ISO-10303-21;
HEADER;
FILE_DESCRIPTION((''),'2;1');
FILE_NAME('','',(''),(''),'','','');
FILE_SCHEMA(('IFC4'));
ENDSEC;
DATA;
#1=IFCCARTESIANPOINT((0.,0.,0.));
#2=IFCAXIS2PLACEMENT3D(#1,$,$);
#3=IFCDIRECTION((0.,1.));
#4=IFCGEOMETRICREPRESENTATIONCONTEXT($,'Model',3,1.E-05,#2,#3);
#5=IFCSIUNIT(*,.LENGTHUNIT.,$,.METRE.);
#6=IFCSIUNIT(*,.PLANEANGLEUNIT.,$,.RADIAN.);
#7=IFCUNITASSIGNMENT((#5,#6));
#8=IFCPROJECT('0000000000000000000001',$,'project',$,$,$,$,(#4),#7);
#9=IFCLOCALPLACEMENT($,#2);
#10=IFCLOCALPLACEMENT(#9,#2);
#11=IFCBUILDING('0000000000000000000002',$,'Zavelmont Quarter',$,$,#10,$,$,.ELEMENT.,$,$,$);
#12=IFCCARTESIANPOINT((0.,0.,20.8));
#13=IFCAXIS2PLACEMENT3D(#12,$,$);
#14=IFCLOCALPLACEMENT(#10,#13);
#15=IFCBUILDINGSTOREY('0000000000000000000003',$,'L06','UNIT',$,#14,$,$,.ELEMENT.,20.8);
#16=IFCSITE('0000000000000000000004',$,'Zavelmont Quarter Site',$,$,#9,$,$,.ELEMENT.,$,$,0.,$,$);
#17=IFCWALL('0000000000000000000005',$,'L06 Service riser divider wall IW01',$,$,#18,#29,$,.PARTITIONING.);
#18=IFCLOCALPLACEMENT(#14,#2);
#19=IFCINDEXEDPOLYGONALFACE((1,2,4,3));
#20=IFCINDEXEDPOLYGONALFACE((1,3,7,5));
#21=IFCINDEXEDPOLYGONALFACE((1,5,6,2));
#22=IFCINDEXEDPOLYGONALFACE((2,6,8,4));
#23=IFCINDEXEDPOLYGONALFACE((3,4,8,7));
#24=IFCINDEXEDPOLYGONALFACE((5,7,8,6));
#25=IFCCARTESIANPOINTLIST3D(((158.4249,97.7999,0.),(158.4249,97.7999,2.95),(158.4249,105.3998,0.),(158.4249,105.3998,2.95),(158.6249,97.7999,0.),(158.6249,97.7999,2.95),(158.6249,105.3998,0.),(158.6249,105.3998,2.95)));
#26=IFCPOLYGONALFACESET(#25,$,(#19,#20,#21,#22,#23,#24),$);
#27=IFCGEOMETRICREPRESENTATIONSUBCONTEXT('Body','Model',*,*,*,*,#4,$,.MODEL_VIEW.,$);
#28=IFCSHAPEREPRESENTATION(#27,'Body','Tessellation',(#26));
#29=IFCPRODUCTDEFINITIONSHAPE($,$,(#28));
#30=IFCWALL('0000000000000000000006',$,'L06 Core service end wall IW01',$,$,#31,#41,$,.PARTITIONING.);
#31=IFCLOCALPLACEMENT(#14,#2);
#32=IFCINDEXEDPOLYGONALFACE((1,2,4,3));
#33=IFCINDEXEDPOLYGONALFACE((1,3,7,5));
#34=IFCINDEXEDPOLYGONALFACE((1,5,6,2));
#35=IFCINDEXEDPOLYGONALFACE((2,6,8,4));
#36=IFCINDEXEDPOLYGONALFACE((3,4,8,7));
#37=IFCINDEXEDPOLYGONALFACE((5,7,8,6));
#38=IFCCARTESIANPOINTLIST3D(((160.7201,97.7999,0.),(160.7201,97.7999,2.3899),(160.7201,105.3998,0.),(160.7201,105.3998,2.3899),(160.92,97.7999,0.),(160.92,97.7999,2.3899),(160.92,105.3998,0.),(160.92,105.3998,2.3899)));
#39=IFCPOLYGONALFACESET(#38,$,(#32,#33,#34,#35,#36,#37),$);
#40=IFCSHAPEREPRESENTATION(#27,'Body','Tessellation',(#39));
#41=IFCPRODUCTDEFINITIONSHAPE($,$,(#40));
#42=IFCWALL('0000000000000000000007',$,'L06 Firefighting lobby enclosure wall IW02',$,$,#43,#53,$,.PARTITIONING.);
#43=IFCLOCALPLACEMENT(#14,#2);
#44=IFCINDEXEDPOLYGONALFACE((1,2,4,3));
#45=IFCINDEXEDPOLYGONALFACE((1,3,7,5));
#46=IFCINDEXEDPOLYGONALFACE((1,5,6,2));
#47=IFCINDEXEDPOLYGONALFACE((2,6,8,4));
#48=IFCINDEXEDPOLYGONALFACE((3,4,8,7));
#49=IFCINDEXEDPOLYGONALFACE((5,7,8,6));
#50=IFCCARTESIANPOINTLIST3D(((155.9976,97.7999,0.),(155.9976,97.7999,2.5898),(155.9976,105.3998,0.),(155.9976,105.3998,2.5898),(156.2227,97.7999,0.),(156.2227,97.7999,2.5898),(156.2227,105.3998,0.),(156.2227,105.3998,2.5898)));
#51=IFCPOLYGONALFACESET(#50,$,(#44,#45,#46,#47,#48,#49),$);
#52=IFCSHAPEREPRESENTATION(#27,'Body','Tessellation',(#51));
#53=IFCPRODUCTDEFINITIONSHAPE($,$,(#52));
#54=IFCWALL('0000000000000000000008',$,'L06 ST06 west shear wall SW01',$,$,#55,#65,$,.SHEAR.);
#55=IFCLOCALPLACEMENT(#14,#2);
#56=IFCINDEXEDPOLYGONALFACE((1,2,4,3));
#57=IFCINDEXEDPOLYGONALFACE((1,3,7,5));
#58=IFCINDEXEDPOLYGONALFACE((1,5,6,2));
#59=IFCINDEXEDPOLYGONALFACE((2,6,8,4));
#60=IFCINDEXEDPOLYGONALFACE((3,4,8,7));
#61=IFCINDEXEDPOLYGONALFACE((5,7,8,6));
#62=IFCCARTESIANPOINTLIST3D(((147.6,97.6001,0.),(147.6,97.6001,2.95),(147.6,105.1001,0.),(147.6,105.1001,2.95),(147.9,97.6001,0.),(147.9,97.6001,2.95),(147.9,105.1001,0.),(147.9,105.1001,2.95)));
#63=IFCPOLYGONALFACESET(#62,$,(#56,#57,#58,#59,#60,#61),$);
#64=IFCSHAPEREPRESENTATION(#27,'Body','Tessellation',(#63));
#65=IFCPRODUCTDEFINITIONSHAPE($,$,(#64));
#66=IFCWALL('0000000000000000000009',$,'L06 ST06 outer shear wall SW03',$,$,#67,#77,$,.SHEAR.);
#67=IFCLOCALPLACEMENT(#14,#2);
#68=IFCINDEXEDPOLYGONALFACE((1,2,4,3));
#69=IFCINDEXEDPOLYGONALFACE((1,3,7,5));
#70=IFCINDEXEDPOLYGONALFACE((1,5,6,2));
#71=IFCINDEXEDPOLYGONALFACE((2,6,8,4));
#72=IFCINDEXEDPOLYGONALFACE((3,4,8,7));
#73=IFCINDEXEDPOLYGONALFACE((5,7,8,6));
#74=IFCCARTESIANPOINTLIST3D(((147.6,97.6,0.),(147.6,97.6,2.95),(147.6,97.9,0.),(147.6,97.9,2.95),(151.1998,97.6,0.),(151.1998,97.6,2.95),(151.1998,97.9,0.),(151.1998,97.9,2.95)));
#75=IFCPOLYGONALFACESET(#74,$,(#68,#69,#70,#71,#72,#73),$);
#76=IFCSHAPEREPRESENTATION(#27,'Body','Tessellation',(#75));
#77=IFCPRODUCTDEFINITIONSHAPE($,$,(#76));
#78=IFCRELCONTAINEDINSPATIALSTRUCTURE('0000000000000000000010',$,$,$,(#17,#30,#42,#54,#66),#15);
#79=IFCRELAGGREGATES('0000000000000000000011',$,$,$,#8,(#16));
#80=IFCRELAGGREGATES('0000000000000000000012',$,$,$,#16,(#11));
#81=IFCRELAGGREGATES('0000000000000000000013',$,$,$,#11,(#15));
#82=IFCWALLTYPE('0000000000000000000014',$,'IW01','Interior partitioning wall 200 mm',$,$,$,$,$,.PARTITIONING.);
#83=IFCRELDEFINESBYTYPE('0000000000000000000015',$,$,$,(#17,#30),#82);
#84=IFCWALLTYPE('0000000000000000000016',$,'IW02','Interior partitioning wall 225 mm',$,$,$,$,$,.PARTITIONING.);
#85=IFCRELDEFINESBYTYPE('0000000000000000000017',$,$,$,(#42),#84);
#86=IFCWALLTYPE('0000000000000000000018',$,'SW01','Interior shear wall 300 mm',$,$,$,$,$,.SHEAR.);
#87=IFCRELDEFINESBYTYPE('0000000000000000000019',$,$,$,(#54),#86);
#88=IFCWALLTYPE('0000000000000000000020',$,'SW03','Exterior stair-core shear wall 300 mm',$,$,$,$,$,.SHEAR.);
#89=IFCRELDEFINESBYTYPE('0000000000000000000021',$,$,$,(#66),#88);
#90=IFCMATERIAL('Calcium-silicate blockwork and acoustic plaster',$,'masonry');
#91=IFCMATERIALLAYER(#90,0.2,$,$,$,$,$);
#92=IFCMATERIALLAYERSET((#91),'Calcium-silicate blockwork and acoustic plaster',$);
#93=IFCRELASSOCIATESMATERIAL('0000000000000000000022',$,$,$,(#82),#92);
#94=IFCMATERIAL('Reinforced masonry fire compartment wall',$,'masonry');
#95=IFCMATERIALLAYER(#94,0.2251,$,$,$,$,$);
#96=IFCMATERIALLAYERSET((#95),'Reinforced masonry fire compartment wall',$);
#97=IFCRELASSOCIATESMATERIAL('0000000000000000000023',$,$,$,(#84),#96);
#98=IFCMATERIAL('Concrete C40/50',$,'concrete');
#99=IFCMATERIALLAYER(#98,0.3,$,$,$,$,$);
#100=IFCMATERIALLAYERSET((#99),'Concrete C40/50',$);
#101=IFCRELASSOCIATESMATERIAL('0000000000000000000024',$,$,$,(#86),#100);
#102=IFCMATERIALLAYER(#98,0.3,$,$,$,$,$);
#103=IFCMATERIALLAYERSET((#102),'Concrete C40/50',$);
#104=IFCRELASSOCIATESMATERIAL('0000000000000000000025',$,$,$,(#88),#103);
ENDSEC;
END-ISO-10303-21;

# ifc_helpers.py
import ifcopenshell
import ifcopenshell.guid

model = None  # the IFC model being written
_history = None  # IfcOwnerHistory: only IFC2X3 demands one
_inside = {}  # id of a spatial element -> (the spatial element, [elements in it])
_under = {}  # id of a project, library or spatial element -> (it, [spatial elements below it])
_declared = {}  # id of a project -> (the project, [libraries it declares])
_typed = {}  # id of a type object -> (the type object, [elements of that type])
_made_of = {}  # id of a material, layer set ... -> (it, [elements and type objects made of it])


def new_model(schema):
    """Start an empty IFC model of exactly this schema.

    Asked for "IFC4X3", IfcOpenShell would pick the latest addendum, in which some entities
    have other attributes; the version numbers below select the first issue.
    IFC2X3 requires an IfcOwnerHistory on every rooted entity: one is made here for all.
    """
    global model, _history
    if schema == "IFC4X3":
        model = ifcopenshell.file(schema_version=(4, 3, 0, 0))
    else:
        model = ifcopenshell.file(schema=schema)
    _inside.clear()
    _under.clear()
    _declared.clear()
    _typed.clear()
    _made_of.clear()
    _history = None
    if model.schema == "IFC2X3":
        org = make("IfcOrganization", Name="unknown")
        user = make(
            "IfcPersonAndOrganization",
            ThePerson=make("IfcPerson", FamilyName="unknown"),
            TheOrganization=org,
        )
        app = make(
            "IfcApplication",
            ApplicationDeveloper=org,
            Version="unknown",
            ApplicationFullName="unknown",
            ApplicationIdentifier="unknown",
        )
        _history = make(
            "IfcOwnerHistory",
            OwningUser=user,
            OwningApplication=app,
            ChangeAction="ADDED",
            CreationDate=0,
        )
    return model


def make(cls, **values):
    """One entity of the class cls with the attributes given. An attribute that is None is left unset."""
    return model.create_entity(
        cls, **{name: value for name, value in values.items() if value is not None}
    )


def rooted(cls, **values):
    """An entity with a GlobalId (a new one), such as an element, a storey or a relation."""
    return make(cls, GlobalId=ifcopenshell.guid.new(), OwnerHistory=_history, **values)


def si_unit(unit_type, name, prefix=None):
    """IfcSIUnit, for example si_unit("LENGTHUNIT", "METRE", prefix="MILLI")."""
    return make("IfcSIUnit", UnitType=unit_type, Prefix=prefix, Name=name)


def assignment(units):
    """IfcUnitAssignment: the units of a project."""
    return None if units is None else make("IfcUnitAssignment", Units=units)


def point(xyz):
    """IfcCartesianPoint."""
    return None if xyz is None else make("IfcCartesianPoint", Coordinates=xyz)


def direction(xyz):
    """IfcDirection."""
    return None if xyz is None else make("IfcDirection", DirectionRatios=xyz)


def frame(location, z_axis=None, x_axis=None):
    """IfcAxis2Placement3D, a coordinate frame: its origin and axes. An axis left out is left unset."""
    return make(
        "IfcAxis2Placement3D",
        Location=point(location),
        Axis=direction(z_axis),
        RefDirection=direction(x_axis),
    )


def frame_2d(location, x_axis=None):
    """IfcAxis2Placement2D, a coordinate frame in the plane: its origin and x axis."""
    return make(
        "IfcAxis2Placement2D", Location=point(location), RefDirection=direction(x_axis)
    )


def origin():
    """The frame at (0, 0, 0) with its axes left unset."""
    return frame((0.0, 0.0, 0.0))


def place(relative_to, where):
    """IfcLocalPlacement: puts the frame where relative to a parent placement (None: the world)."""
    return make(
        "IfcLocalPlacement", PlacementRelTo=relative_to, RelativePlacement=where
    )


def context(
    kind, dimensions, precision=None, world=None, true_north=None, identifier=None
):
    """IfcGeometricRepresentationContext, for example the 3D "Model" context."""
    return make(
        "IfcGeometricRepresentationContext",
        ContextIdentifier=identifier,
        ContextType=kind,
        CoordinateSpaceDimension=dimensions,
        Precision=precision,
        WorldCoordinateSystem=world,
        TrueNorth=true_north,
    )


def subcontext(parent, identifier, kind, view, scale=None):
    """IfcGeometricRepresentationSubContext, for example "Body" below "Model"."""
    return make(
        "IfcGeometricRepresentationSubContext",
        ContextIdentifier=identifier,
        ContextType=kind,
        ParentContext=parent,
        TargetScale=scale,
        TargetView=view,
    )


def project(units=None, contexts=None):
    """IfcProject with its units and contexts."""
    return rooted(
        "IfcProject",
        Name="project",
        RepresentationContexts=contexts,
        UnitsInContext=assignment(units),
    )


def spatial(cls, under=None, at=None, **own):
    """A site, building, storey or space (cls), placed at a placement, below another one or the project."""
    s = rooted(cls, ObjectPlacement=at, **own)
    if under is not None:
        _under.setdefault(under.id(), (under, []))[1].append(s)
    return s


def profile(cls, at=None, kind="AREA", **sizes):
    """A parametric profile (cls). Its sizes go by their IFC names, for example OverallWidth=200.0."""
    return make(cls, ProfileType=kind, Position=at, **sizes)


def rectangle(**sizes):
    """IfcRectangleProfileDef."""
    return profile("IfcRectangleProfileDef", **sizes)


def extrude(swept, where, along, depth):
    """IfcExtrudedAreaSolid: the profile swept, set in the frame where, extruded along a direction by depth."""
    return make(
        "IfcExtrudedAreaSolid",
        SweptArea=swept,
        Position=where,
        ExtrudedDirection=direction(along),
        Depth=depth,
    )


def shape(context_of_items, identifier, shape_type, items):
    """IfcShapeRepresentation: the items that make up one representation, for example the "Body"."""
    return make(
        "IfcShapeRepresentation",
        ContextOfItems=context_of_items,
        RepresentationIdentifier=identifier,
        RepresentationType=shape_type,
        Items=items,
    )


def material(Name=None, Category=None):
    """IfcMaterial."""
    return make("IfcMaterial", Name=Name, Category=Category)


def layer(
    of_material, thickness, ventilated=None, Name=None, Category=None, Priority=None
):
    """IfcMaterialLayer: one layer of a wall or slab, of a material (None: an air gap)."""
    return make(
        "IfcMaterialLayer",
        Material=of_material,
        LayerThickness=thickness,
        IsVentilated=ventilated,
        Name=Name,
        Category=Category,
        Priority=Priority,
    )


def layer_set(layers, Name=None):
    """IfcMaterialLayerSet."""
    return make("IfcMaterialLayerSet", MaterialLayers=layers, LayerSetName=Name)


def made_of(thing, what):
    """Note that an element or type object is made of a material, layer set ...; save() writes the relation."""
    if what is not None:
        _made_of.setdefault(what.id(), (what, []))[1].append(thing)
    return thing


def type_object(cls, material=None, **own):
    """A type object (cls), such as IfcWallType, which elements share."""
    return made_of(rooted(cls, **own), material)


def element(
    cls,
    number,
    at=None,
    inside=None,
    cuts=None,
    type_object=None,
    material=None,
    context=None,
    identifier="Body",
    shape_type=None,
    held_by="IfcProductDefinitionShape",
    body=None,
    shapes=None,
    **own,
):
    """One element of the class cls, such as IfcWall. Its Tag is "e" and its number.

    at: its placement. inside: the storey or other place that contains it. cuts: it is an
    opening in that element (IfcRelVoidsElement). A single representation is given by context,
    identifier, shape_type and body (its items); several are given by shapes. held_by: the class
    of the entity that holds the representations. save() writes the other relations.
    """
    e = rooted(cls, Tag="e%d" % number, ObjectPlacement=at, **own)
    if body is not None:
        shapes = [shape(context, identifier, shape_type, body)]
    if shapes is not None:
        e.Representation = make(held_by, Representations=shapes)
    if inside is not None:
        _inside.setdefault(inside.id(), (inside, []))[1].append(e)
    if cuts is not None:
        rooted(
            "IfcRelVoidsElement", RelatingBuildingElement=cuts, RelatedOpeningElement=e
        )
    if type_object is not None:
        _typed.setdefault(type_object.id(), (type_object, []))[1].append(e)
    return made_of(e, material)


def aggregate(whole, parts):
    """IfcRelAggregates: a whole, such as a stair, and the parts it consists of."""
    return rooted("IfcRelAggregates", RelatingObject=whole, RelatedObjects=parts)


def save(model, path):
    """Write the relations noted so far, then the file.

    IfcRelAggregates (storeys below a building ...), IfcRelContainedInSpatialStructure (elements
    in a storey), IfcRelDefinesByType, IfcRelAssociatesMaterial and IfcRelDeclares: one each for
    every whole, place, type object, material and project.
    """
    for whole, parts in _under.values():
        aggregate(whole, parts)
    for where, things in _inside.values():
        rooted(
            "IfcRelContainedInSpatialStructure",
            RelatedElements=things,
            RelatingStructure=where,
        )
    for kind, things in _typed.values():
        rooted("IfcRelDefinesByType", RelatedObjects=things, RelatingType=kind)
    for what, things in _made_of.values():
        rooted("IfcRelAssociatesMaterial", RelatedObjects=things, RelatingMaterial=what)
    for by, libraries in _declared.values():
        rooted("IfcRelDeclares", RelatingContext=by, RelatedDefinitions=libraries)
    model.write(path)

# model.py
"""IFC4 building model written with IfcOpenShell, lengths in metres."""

from ifc_helpers import new_model, si_unit, direction, frame, frame_2d, origin, place, context, subcontext, project, spatial, rectangle, extrude, material, layer, layer_set, type_object, element, save


model = new_model("IFC4")

# Units and contexts
model_context = context("Model", 3, precision=1e-05, world=origin(), true_north=direction((0.0, 1.0)))
body_context = subcontext(model_context, "Body", "Model", "MODEL_VIEW")
ifc_project = project(units=[si_unit("LENGTHUNIT", "METRE"), si_unit("PLANEANGLEUNIT", "RADIAN")], contexts=[model_context])

# Site, building, storey
site_placement = place(None, origin())
site = spatial("IfcSite", under=ifc_project, at=site_placement, Name="Zavelmont Quarter Site", CompositionType="ELEMENT", RefElevation=0.0)
building_placement = place(site_placement, origin())
building = spatial("IfcBuilding", under=site, at=building_placement, Name="Zavelmont Quarter", CompositionType="ELEMENT")
storey_placement = place(building_placement, frame((0.0, 0.0, 20.8)))
storey = spatial("IfcBuildingStorey", under=building, at=storey_placement, Name="L06", Description="UNIT", CompositionType="ELEMENT", Elevation=20.8)

# Walls
ifc_material_1 = material(Name="Calcium-silicate blockwork and acoustic plaster", Category="masonry")
ifc_layer_1 = layer(ifc_material_1, 0.2)
ifc_layer_set_1 = layer_set([ifc_layer_1], Name="Calcium-silicate blockwork and acoustic plaster")
wall_type_1 = type_object("IfcWallType", Name="IW01", Description="Interior partitioning wall 200 mm", PredefinedType="PARTITIONING", material=ifc_layer_set_1)
wall_1_placement = place(storey_placement, frame((158.5249, 97.8, 0.0), z_axis=(0.0, 0.0, 1.0), x_axis=(0.0, 1.0, 0.0)))
element("IfcWall", 1, at=wall_1_placement, inside=storey, type_object=wall_type_1, Name="L06 Service riser divider wall IW01", PredefinedType="PARTITIONING", context=body_context, shape_type="SweptSolid", body=[
    extrude(rectangle(XDim=7.5999, YDim=0.2, at=frame_2d((3.7998, 0.0))), origin(), (0.0, 0.0, 1.0), 2.95),
])
wall_2_placement = place(storey_placement, frame((160.8201, 97.8, 0.0), z_axis=(0.0, 0.0, 1.0), x_axis=(0.0, 1.0, 0.0)))
element("IfcWall", 2, at=wall_2_placement, inside=storey, type_object=wall_type_1, Name="L06 Core service end wall IW01", PredefinedType="PARTITIONING", context=body_context, shape_type="SweptSolid", body=[
    extrude(rectangle(XDim=7.5999, YDim=0.2, at=frame_2d((3.7998, 0.0))), origin(), (0.0, 0.0, 1.0), 2.3899),
])
ifc_material_2 = material(Name="Reinforced masonry fire compartment wall", Category="masonry")
ifc_layer_2 = layer(ifc_material_2, 0.2251)
ifc_layer_set_2 = layer_set([ifc_layer_2], Name="Reinforced masonry fire compartment wall")
wall_type_2 = type_object("IfcWallType", Name="IW02", Description="Interior partitioning wall 225 mm", PredefinedType="PARTITIONING", material=ifc_layer_set_2)
wall_3_placement = place(storey_placement, frame((156.1101, 97.8, 0.0), z_axis=(0.0, 0.0, 1.0), x_axis=(0.0, 1.0, 0.0)))
element("IfcWall", 3, at=wall_3_placement, inside=storey, type_object=wall_type_2, Name="L06 Firefighting lobby enclosure wall IW02", PredefinedType="PARTITIONING", context=body_context, shape_type="SweptSolid", body=[
    extrude(rectangle(XDim=7.5999, YDim=0.2251, at=frame_2d((3.7998, 0.0))), origin(), (0.0, 0.0, 1.0), 2.5898),
])
ifc_material_3 = material(Name="Concrete C40/50", Category="concrete")
ifc_layer_3 = layer(ifc_material_3, 0.3)
ifc_layer_set_3 = layer_set([ifc_layer_3], Name="Concrete C40/50")
wall_type_3 = type_object("IfcWallType", Name="SW01", Description="Interior shear wall 300 mm", PredefinedType="SHEAR", material=ifc_layer_set_3)
wall_4_placement = place(storey_placement, frame((147.75, 97.6001, 0.0), z_axis=(0.0, 0.0, 1.0), x_axis=(0.0, 1.0, 0.0)))
element("IfcWall", 4, at=wall_4_placement, inside=storey, type_object=wall_type_3, Name="L06 ST06 west shear wall SW01", PredefinedType="SHEAR", context=body_context, shape_type="SweptSolid", body=[
    extrude(rectangle(XDim=7.5, YDim=0.3, at=frame_2d((3.75, 0.0))), origin(), (0.0, 0.0, 1.0), 2.95),
])

# Wall
ifc_layer_4 = layer(ifc_material_3, 0.3)
ifc_layer_set_4 = layer_set([ifc_layer_4], Name="Concrete C40/50")
wall_type_4 = type_object("IfcWallType", Name="SW03", Description="Exterior stair-core shear wall 300 mm", PredefinedType="SHEAR", material=ifc_layer_set_4)
wall_5_placement = place(storey_placement, frame((147.6001, 97.75, 0.0), z_axis=(0.0, 0.0, 1.0), x_axis=(1.0, 0.0, 0.0)))
element("IfcWall", 5, at=wall_5_placement, inside=storey, type_object=wall_type_4, Name="L06 ST06 outer shear wall SW03", PredefinedType="SHEAR", context=body_context, shape_type="SweptSolid", body=[
    extrude(rectangle(XDim=3.5999, YDim=0.3, at=frame_2d((1.7998, 0.0))), origin(), (0.0, 0.0, 1.0), 2.95),
])

save(model, "model.ifc")
